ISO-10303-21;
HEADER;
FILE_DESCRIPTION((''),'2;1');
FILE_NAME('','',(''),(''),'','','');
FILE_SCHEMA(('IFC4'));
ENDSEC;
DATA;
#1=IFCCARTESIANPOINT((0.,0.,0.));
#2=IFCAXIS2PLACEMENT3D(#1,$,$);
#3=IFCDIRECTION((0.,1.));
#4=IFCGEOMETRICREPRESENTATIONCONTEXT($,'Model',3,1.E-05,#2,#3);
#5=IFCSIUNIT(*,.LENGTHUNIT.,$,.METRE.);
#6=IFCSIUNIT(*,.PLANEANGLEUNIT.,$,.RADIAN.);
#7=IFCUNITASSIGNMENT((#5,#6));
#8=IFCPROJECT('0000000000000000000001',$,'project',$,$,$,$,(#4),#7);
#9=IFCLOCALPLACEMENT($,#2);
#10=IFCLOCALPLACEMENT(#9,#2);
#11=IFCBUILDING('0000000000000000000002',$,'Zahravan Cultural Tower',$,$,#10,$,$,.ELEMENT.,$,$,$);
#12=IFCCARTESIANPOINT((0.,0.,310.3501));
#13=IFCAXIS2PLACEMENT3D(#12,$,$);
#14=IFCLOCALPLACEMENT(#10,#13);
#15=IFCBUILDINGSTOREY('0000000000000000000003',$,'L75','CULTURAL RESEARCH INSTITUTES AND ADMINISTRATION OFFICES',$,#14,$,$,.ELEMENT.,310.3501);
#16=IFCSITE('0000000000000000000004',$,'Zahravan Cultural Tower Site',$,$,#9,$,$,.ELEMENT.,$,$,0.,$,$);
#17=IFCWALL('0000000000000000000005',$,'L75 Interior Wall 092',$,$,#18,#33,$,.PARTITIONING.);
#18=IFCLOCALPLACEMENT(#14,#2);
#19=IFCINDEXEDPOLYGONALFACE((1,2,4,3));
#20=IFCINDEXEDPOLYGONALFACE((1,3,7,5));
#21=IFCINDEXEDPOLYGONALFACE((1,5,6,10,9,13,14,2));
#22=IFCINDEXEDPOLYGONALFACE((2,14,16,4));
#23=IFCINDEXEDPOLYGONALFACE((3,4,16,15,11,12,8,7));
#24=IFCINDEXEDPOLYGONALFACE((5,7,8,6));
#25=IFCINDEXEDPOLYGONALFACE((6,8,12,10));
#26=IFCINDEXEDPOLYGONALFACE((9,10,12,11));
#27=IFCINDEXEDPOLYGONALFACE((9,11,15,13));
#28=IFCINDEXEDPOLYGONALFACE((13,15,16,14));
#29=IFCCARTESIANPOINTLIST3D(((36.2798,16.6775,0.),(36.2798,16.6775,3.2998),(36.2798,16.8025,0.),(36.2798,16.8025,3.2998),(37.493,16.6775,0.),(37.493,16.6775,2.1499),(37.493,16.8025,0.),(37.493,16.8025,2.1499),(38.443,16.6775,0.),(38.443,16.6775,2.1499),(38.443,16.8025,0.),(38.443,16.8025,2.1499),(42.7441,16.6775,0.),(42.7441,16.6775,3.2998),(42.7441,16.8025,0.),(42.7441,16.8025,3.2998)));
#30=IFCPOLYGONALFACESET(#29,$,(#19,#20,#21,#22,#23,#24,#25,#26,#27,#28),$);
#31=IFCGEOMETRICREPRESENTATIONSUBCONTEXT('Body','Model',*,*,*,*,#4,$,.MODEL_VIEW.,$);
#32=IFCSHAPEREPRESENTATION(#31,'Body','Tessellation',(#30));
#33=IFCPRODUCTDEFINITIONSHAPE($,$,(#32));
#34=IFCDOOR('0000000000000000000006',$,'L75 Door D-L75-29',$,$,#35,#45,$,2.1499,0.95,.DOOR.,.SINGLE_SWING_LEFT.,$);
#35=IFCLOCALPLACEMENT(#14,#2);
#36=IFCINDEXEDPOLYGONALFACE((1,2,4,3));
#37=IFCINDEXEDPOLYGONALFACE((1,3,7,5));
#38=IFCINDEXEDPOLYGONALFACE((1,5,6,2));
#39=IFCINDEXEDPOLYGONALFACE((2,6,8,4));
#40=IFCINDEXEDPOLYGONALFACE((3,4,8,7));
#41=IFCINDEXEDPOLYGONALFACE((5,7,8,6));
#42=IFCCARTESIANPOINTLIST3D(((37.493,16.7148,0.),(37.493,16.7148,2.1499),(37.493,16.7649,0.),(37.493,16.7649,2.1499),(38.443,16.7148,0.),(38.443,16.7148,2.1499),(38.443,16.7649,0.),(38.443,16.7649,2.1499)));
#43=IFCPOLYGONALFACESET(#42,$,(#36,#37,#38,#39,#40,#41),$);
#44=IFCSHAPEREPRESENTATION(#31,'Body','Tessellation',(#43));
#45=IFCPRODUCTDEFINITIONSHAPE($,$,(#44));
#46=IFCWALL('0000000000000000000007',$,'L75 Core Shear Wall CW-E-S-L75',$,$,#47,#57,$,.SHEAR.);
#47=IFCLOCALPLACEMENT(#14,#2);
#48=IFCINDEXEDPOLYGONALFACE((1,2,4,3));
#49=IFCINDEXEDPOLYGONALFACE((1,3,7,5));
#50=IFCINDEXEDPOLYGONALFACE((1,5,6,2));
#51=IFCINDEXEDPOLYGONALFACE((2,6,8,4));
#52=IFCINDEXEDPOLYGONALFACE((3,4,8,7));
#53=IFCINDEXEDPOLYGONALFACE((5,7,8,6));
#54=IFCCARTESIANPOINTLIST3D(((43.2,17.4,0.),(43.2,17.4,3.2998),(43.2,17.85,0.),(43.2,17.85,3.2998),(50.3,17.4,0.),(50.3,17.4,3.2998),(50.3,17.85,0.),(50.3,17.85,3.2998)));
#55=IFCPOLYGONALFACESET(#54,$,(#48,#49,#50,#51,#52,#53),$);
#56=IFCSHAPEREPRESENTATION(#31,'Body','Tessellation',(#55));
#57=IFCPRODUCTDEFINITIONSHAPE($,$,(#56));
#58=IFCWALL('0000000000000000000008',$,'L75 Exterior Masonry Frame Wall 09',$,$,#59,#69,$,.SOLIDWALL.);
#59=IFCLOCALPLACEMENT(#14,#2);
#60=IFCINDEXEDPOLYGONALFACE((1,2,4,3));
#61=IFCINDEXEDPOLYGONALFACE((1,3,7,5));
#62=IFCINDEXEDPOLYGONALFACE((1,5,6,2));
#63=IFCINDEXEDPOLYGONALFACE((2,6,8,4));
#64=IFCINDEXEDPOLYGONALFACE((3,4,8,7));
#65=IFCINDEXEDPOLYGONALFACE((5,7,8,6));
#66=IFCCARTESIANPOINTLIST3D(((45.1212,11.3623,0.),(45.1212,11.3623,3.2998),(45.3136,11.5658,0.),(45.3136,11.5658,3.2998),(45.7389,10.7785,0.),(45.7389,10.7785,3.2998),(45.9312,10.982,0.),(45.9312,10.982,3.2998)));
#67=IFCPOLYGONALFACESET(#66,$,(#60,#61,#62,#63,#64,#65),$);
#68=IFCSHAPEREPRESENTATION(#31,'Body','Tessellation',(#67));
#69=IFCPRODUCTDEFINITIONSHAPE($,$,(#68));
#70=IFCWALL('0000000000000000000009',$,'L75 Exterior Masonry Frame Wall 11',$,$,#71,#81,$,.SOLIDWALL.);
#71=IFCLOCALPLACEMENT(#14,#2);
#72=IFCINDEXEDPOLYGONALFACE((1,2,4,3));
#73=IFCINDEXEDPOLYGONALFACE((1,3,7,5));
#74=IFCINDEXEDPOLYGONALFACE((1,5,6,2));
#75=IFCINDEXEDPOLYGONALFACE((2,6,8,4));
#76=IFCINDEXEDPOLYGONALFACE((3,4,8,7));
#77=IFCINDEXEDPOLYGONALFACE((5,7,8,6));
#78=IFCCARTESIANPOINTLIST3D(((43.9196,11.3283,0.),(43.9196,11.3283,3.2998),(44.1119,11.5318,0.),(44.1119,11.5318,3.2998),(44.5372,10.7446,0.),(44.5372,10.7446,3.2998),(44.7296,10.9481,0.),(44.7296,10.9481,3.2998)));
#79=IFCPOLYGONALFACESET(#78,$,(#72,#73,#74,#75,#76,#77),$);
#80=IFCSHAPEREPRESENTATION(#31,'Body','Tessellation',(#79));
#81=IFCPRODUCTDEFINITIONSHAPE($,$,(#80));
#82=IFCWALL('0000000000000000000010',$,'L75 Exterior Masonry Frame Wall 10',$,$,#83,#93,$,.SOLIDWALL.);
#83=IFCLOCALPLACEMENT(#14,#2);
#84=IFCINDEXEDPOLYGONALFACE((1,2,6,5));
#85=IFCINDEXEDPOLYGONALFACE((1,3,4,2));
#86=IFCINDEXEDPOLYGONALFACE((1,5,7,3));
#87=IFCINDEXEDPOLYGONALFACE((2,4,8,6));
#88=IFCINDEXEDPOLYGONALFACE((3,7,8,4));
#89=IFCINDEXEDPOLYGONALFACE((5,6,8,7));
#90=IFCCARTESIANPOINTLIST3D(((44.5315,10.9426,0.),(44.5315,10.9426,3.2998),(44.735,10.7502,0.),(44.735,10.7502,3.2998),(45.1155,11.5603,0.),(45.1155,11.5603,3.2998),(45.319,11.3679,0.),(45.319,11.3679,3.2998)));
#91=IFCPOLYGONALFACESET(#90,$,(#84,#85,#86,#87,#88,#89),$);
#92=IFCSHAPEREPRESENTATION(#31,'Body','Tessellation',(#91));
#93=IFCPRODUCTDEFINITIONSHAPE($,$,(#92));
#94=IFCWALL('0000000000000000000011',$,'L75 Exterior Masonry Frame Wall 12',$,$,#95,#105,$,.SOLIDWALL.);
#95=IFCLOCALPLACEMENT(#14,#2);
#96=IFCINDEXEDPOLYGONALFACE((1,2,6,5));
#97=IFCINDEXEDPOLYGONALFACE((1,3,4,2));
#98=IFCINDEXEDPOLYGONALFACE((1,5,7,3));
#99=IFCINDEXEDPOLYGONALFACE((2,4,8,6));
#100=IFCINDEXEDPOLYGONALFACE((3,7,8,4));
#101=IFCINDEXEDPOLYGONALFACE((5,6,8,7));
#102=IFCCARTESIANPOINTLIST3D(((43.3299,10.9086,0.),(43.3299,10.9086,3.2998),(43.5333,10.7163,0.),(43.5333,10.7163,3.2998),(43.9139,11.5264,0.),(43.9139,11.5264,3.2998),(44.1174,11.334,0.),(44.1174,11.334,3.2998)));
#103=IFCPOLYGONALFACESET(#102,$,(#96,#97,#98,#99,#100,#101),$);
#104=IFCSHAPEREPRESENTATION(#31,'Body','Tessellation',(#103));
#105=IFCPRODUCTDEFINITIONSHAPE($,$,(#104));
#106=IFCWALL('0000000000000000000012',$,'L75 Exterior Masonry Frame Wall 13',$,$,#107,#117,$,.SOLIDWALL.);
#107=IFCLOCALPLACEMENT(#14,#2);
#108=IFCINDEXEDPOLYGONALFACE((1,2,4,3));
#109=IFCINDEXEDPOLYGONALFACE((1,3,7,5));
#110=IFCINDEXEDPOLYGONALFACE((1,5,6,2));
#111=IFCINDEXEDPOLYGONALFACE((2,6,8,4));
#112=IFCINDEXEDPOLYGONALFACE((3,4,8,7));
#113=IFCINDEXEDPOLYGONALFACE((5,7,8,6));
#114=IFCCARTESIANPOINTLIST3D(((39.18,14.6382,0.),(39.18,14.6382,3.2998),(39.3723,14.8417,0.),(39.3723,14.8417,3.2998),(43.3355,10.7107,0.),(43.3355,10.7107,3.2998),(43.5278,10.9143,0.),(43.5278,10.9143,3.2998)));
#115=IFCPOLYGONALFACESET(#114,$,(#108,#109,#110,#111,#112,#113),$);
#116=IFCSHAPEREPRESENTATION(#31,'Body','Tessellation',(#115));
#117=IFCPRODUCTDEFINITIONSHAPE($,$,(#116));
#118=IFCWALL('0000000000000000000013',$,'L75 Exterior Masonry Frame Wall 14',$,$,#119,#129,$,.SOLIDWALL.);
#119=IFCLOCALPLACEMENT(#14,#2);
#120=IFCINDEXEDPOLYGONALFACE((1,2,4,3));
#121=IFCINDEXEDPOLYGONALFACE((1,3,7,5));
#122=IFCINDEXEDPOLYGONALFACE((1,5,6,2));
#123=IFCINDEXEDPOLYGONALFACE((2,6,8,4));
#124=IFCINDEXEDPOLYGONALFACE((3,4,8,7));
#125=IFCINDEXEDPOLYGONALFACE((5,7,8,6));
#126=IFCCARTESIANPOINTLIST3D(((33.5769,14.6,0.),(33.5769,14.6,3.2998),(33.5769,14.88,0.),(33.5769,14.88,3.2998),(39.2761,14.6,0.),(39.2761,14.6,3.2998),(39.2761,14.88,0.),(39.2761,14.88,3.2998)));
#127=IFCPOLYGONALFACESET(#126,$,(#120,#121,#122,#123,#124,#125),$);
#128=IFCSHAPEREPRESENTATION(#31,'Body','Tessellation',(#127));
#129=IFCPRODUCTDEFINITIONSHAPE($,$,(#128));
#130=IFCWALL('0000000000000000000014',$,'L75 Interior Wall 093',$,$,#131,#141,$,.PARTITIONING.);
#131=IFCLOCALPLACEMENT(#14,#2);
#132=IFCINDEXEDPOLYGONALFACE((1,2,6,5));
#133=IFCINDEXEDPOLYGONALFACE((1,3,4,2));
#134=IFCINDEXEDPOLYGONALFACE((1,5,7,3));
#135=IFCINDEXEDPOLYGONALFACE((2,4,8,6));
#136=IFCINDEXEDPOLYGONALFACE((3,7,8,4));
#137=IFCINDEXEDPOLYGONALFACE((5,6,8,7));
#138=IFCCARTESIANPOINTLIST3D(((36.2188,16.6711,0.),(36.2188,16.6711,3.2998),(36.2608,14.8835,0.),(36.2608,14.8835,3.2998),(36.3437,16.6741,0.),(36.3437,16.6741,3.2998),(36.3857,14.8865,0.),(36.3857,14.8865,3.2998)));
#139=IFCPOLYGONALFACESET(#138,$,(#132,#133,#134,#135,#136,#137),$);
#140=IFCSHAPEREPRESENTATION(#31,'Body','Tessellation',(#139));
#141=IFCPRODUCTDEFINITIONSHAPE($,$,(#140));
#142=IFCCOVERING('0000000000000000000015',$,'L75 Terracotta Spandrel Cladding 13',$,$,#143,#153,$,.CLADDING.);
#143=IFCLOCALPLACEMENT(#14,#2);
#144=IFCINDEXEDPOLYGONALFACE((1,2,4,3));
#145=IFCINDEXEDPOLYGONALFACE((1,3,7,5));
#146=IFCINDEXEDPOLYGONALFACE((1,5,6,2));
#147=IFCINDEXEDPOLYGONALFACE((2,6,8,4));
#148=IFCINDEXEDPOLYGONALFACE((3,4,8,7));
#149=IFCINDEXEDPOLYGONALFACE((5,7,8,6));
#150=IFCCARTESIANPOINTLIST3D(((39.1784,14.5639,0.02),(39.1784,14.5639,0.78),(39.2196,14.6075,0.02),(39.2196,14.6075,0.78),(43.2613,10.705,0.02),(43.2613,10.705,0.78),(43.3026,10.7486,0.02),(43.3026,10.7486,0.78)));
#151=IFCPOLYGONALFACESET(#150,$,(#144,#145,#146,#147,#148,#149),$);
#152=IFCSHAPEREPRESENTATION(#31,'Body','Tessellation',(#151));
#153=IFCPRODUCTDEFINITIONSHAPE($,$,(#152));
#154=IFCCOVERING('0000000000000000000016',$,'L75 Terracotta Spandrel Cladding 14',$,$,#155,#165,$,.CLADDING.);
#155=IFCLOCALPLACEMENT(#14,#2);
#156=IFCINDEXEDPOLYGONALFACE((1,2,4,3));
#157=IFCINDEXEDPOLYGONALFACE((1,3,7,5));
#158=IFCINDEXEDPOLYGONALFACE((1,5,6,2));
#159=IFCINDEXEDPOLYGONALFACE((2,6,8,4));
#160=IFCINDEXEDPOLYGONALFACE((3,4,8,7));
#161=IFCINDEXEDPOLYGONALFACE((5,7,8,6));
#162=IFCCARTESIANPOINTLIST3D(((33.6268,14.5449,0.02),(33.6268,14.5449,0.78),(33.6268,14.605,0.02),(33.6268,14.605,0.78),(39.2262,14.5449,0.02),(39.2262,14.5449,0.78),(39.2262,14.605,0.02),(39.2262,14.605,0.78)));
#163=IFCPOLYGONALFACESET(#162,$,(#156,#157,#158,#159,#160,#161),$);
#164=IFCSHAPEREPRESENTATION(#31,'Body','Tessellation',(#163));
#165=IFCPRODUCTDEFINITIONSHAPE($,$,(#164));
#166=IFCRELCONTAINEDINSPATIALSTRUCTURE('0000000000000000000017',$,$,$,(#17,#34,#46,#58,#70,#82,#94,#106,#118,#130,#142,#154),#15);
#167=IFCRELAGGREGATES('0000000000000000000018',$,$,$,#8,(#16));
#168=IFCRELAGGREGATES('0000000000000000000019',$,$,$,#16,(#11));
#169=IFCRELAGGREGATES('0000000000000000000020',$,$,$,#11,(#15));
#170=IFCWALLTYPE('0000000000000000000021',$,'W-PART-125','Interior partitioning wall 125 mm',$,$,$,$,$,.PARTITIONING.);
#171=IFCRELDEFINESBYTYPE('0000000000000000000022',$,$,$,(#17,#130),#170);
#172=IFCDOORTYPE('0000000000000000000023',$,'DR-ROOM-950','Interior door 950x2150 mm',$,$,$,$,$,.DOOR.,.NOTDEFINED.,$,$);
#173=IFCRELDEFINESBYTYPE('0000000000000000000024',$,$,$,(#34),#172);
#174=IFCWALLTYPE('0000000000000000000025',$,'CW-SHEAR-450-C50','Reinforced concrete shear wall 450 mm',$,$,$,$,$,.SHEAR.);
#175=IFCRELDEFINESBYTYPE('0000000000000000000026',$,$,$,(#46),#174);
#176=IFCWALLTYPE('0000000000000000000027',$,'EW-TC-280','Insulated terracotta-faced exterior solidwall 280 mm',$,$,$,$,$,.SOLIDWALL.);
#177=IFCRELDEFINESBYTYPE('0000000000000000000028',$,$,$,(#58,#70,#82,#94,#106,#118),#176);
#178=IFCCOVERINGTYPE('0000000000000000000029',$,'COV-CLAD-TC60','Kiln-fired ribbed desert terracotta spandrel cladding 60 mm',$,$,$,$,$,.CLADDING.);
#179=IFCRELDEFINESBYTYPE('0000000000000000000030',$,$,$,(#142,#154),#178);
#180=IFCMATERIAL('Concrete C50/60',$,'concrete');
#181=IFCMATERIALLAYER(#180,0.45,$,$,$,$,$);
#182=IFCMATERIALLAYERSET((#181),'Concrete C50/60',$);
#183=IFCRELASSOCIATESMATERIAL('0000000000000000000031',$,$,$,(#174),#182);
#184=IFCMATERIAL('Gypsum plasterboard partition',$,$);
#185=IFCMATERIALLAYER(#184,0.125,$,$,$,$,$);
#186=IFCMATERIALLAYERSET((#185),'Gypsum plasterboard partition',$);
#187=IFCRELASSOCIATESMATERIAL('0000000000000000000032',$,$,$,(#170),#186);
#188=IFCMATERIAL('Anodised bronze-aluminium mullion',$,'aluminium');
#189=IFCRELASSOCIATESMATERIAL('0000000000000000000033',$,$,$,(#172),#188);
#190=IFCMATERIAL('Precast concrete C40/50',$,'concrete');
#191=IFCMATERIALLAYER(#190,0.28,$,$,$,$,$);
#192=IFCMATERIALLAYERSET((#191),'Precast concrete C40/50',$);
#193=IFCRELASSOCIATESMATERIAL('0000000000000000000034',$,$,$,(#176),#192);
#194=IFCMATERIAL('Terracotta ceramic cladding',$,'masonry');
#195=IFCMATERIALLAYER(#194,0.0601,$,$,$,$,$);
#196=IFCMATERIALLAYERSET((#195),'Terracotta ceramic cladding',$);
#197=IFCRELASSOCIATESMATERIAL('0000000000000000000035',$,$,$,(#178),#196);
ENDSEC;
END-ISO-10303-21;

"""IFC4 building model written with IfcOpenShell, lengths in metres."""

from ifc_helpers import new_model, si_unit, direction, frame, frame_2d, origin, origin_2d, place, context, subcontext, project, spatial, rectangle, extrude, source, transform, mapped, material, layer, layer_set, type_object, element, fill, save


model = new_model("IFC4")

# Units and contexts
model_context = context("Model", 3, precision=1e-05, world=origin(), true_north=direction((0.0, 1.0)))
body_context = subcontext(model_context, "Body", "Model", "MODEL_VIEW")
ifc_project = project(units=[si_unit("LENGTHUNIT", "METRE"), si_unit("PLANEANGLEUNIT", "RADIAN")], contexts=[model_context])

# Site, building, storey
site_placement = place(None, origin())
site = spatial("IfcSite", under=ifc_project, at=site_placement, Name="Zahravan Cultural Tower Site", CompositionType="ELEMENT", RefElevation=0.0)
building_placement = place(site_placement, origin())
building = spatial("IfcBuilding", under=site, at=building_placement, Name="Zahravan Cultural Tower", CompositionType="ELEMENT")
storey_placement = place(building_placement, frame((0.0, 0.0, 310.3501)))
storey = spatial("IfcBuildingStorey", under=building, at=storey_placement, Name="L75", Description="CULTURAL RESEARCH INSTITUTES AND ADMINISTRATION OFFICES", CompositionType="ELEMENT", Elevation=310.3501)

# Shared definitions
ifc_material_1 = material(Name="Concrete C50/60", Category="concrete")

# Shared definitions
ifc_layer_1 = layer(ifc_material_1, 0.45)
ifc_layer_set_1 = layer_set([ifc_layer_1], Name="Concrete C50/60")
wall_type_1 = type_object("IfcWallType", Name="CW-SHEAR-450-C50", Description="Reinforced concrete shear wall 450 mm", PredefinedType="SHEAR", material=ifc_layer_set_1)

# Wall, opening, door
ifc_material_2 = material(Name="Gypsum plasterboard partition")
ifc_layer_2 = layer(ifc_material_2, 0.125)
ifc_layer_set_2 = layer_set([ifc_layer_2], Name="Gypsum plasterboard partition")
wall_type_2 = type_object("IfcWallType", Name="W-PART-125", Description="Interior partitioning wall 125 mm", PredefinedType="PARTITIONING", material=ifc_layer_set_2)
wall_1_placement = place(storey_placement, frame((36.2798, 16.74, 0.0), z_axis=(0.0, 0.0, 1.0), x_axis=(1.0, 0.0, 0.0)))
wall_1 = element("IfcWall", 1, at=wall_1_placement, inside=storey, type_object=wall_type_2, Name="L75 Interior Wall 092", PredefinedType="PARTITIONING", context=body_context, shape_type="SweptSolid", body=[
    extrude(rectangle(XDim=6.4644, YDim=0.125, at=frame_2d((3.2322, 0.0))), origin(), (0.0, 0.0, 1.0), 3.2998),
])
opening_1_placement = place(wall_1_placement, frame((1.2131, 0.0, 0.0)))
opening_1 = element("IfcOpeningElement", 2, at=opening_1_placement, cuts=wall_1, PredefinedType="OPENING", context=body_context, shape_type="SweptSolid", body=[
    extrude(rectangle(XDim=0.95, YDim=2.1499, at=frame_2d((0.4751, 1.075))), frame((0.0, 0.0725, 0.0), z_axis=(0.0, -1.0, 0.0), x_axis=(1.0, 0.0, 0.0)), (0.0, 0.0, 1.0), 0.145),
])
ifc_material_3 = material(Name="Anodised bronze-aluminium mullion", Category="aluminium")
door_type_1 = type_object("IfcDoorType", Name="DR-ROOM-950", Description="Interior door 950x2150 mm", OperationType="NOTDEFINED", PredefinedType="DOOR", material=ifc_material_3)
shared_shape_1 = source(origin(), body_context, "Body", "SweptSolid", [
    extrude(rectangle(XDim=0.95, YDim=2.1499, at=frame_2d((0.4751, 1.075))), frame((0.0, 0.0249, 0.0), z_axis=(0.0, -1.0, 0.0), x_axis=(1.0, 0.0, 0.0)), (0.0, 0.0, 1.0), 0.05),
])
door_1_placement = place(opening_1_placement, origin())
door_1 = element("IfcDoor", 3, at=door_1_placement, inside=storey, type_object=door_type_1, Name="L75 Door D-L75-29", OperationType="SINGLE_SWING_LEFT", OverallHeight=2.1499, OverallWidth=0.95, PredefinedType="DOOR", context=body_context, shape_type="MappedRepresentation", body=[
    mapped(shared_shape_1, transform((0.0, 0.0, 0.0), x_axis=(1.0, 0.0, 0.0), y_axis=(0.0, 1.0, 0.0), z_axis=(0.0, 0.0, 1.0), scale=1.0)),
])
fill(opening_1, door_1)

# Walls
shared_shape_2 = source(origin(), body_context, "Body", "SweptSolid", [
    extrude(rectangle(XDim=7.1001, YDim=0.45, at=frame_2d((3.55, 0.0))), origin(), (0.0, 0.0, 1.0), 3.2998),
])
wall_2_placement = place(storey_placement, frame((43.2, 17.625, 0.0), z_axis=(0.0, 0.0, 1.0), x_axis=(1.0, 0.0, 0.0)))
element("IfcWall", 4, at=wall_2_placement, inside=storey, type_object=wall_type_1, Name="L75 Core Shear Wall CW-E-S-L75", PredefinedType="SHEAR", context=body_context, shape_type="MappedRepresentation", body=[
    mapped(shared_shape_2, transform((0.0, 0.0, 0.0), x_axis=(1.0, 0.0, 0.0), y_axis=(0.0, 1.0, 0.0), z_axis=(0.0, 0.0, 1.0), scale=1.0)),
])
ifc_material_4 = material(Name="Precast concrete C40/50", Category="concrete")
ifc_layer_3 = layer(ifc_material_4, 0.28)
ifc_layer_set_3 = layer_set([ifc_layer_3], Name="Precast concrete C40/50")
wall_type_3 = type_object("IfcWallType", Name="EW-TC-280", Description="Insulated terracotta-faced exterior solidwall 280 mm", PredefinedType="SOLIDWALL", material=ifc_layer_set_3)
shared_shape_3 = source(origin(), body_context, "Body", "SweptSolid", [
    extrude(rectangle(XDim=0.8499, YDim=0.28, at=frame_2d((0.4248, 0.0))), origin(), (0.0, 0.0, 1.0), 3.2998),
])
for number, where, z_axis, x_axis, name in (
    (5, (45.835, 10.8804, 0.0), (0.0, 0.0, 1.0), (-0.72679, 0.68686, 0.0), "L75 Exterior Masonry Frame Wall 09"),
    (6, (44.6333, 10.8464, 0.0), (0.0, 0.0, 1.0), (-0.72679, 0.68686, 0.0), "L75 Exterior Masonry Frame Wall 11"),
):
    element("IfcWall", number, at=place(storey_placement, frame(where, z_axis=z_axis, x_axis=x_axis)), inside=storey, type_object=wall_type_3, Name=name, PredefinedType="SOLIDWALL", context=body_context, shape_type="MappedRepresentation", body=[
        mapped(shared_shape_3, transform((0.0, 0.0, 0.0), x_axis=(1.0, 0.0, 0.0), y_axis=(0.0, 1.0, 0.0), z_axis=(0.0, 0.0, 1.0), scale=1.0)),
    ])
shared_shape_4 = source(origin(), body_context, "Body", "SweptSolid", [
    extrude(rectangle(XDim=0.8501, YDim=0.28, at=frame_2d((0.425, 0.0))), origin(), (0.0, 0.0, 1.0), 3.2998),
])
for number, where, z_axis, x_axis, name in (
    (7, (45.2173, 11.4641, 0.0), (0.0, 0.0, 1.0), (-0.687011, -0.726647, 0.0), "L75 Exterior Masonry Frame Wall 10"),
    (8, (44.0156, 11.4302, 0.0), (0.0, 0.0, 1.0), (-0.687011, -0.726647, 0.0), "L75 Exterior Masonry Frame Wall 12"),
):
    element("IfcWall", number, at=place(storey_placement, frame(where, z_axis=z_axis, x_axis=x_axis)), inside=storey, type_object=wall_type_3, Name=name, PredefinedType="SOLIDWALL", context=body_context, shape_type="MappedRepresentation", body=[
        mapped(shared_shape_4, transform((0.0, 0.0, 0.0), x_axis=(1.0, 0.0, 0.0), y_axis=(0.0, 1.0, 0.0), z_axis=(0.0, 0.0, 1.0), scale=1.0)),
    ])
shared_shape_5 = source(origin(), body_context, "Body", "SweptSolid", [
    extrude(rectangle(XDim=5.7178, YDim=0.28, at=frame_2d((2.8589, 0.0))), origin(), (0.0, 0.0, 1.0), 3.2998),
])
wall_3_placement = place(storey_placement, frame((43.4316, 10.8125, 0.0), z_axis=(0.0, 0.0, 1.0), x_axis=(-0.726766, 0.686886, 0.0)))
element("IfcWall", 9, at=wall_3_placement, inside=storey, type_object=wall_type_3, Name="L75 Exterior Masonry Frame Wall 13", PredefinedType="SOLIDWALL", context=body_context, shape_type="MappedRepresentation", body=[
    mapped(shared_shape_5, transform((0.0, 0.0, 0.0), x_axis=(1.0, 0.0, 0.0), y_axis=(0.0, 1.0, 0.0), z_axis=(0.0, 0.0, 1.0), scale=1.0)),
])
shared_shape_6 = source(origin(), body_context, "Body", "SweptSolid", [
    extrude(rectangle(XDim=5.6992, YDim=0.28, at=frame_2d((2.8496, 0.0))), origin(), (0.0, 0.0, 1.0), 3.2998),
])
wall_4_placement = place(storey_placement, frame((39.2761, 14.74, 0.0), z_axis=(0.0, 0.0, 1.0), x_axis=(-1.0, 0.0, 0.0)))
element("IfcWall", 10, at=wall_4_placement, inside=storey, type_object=wall_type_3, Name="L75 Exterior Masonry Frame Wall 14", PredefinedType="SOLIDWALL", context=body_context, shape_type="MappedRepresentation", body=[
    mapped(shared_shape_6, transform((0.0, 0.0, 0.0), x_axis=(1.0, 0.0, 0.0), y_axis=(0.0, 1.0, 0.0), z_axis=(0.0, 0.0, 1.0), scale=1.0)),
])
shared_shape_7 = source(origin(), body_context, "Body", "SweptSolid", [
    extrude(rectangle(XDim=1.7881, YDim=0.125, at=frame_2d((0.894, 0.0))), origin(), (0.0, 0.0, 1.0), 3.2998),
])
wall_5_placement = place(storey_placement, frame((36.3232, 14.885, 0.0), z_axis=(0.0, 0.0, 1.0), x_axis=(-0.023484, 0.999724, 0.0)))
element("IfcWall", 11, at=wall_5_placement, inside=storey, type_object=wall_type_2, Name="L75 Interior Wall 093", PredefinedType="PARTITIONING", context=body_context, shape_type="MappedRepresentation", body=[
    mapped(shared_shape_7, transform((0.0, 0.0, 0.0), x_axis=(1.0, 0.0, 0.0), y_axis=(0.0, 1.0, 0.0), z_axis=(0.0, 0.0, 1.0), scale=1.0)),
])

# Coverings
ifc_material_5 = material(Name="Terracotta ceramic cladding", Category="masonry")
ifc_layer_4 = layer(ifc_material_5, 0.0601)
ifc_layer_set_4 = layer_set([ifc_layer_4], Name="Terracotta ceramic cladding")
covering_type = type_object("IfcCoveringType", Name="COV-CLAD-TC60", Description="Kiln-fired ribbed desert terracotta spandrel cladding 60 mm", PredefinedType="CLADDING", material=ifc_layer_set_4)
shared_shape_8 = source(origin(), body_context, "Body", "SweptSolid", [
    extrude(rectangle(XDim=5.6179, YDim=0.0601, at=origin_2d()), origin(), (0.0, 0.0, 1.0), 0.76),
])
covering_1_placement = place(storey_placement, frame((41.2405, 12.6562, 0.02), z_axis=(0.0, 0.0, 1.0), x_axis=(-0.726767, 0.686885, 0.0)))
element("IfcCovering", 12, at=covering_1_placement, inside=storey, type_object=covering_type, Name="L75 Terracotta Spandrel Cladding 13", PredefinedType="CLADDING", context=body_context, shape_type="MappedRepresentation", body=[
    mapped(shared_shape_8, transform((0.0, 0.0, 0.0), x_axis=(1.0, 0.0, 0.0), y_axis=(0.0, 1.0, 0.0), z_axis=(0.0, 0.0, 1.0), scale=1.0)),
])
shared_shape_9 = source(origin(), body_context, "Body", "SweptSolid", [
    extrude(rectangle(XDim=5.5994, YDim=0.0601, at=origin_2d()), origin(), (0.0, 0.0, 1.0), 0.76),
])
covering_2_placement = place(storey_placement, frame((36.4265, 14.575, 0.02), z_axis=(0.0, 0.0, 1.0), x_axis=(-1.0, 0.0, 0.0)))
element("IfcCovering", 13, at=covering_2_placement, inside=storey, type_object=covering_type, Name="L75 Terracotta Spandrel Cladding 14", PredefinedType="CLADDING", context=body_context, shape_type="MappedRepresentation", body=[
    mapped(shared_shape_9, transform((0.0, 0.0, 0.0), x_axis=(1.0, 0.0, 0.0), y_axis=(0.0, 1.0, 0.0), z_axis=(0.0, 0.0, 1.0), scale=1.0)),
])

save(model, "model.ifc")
